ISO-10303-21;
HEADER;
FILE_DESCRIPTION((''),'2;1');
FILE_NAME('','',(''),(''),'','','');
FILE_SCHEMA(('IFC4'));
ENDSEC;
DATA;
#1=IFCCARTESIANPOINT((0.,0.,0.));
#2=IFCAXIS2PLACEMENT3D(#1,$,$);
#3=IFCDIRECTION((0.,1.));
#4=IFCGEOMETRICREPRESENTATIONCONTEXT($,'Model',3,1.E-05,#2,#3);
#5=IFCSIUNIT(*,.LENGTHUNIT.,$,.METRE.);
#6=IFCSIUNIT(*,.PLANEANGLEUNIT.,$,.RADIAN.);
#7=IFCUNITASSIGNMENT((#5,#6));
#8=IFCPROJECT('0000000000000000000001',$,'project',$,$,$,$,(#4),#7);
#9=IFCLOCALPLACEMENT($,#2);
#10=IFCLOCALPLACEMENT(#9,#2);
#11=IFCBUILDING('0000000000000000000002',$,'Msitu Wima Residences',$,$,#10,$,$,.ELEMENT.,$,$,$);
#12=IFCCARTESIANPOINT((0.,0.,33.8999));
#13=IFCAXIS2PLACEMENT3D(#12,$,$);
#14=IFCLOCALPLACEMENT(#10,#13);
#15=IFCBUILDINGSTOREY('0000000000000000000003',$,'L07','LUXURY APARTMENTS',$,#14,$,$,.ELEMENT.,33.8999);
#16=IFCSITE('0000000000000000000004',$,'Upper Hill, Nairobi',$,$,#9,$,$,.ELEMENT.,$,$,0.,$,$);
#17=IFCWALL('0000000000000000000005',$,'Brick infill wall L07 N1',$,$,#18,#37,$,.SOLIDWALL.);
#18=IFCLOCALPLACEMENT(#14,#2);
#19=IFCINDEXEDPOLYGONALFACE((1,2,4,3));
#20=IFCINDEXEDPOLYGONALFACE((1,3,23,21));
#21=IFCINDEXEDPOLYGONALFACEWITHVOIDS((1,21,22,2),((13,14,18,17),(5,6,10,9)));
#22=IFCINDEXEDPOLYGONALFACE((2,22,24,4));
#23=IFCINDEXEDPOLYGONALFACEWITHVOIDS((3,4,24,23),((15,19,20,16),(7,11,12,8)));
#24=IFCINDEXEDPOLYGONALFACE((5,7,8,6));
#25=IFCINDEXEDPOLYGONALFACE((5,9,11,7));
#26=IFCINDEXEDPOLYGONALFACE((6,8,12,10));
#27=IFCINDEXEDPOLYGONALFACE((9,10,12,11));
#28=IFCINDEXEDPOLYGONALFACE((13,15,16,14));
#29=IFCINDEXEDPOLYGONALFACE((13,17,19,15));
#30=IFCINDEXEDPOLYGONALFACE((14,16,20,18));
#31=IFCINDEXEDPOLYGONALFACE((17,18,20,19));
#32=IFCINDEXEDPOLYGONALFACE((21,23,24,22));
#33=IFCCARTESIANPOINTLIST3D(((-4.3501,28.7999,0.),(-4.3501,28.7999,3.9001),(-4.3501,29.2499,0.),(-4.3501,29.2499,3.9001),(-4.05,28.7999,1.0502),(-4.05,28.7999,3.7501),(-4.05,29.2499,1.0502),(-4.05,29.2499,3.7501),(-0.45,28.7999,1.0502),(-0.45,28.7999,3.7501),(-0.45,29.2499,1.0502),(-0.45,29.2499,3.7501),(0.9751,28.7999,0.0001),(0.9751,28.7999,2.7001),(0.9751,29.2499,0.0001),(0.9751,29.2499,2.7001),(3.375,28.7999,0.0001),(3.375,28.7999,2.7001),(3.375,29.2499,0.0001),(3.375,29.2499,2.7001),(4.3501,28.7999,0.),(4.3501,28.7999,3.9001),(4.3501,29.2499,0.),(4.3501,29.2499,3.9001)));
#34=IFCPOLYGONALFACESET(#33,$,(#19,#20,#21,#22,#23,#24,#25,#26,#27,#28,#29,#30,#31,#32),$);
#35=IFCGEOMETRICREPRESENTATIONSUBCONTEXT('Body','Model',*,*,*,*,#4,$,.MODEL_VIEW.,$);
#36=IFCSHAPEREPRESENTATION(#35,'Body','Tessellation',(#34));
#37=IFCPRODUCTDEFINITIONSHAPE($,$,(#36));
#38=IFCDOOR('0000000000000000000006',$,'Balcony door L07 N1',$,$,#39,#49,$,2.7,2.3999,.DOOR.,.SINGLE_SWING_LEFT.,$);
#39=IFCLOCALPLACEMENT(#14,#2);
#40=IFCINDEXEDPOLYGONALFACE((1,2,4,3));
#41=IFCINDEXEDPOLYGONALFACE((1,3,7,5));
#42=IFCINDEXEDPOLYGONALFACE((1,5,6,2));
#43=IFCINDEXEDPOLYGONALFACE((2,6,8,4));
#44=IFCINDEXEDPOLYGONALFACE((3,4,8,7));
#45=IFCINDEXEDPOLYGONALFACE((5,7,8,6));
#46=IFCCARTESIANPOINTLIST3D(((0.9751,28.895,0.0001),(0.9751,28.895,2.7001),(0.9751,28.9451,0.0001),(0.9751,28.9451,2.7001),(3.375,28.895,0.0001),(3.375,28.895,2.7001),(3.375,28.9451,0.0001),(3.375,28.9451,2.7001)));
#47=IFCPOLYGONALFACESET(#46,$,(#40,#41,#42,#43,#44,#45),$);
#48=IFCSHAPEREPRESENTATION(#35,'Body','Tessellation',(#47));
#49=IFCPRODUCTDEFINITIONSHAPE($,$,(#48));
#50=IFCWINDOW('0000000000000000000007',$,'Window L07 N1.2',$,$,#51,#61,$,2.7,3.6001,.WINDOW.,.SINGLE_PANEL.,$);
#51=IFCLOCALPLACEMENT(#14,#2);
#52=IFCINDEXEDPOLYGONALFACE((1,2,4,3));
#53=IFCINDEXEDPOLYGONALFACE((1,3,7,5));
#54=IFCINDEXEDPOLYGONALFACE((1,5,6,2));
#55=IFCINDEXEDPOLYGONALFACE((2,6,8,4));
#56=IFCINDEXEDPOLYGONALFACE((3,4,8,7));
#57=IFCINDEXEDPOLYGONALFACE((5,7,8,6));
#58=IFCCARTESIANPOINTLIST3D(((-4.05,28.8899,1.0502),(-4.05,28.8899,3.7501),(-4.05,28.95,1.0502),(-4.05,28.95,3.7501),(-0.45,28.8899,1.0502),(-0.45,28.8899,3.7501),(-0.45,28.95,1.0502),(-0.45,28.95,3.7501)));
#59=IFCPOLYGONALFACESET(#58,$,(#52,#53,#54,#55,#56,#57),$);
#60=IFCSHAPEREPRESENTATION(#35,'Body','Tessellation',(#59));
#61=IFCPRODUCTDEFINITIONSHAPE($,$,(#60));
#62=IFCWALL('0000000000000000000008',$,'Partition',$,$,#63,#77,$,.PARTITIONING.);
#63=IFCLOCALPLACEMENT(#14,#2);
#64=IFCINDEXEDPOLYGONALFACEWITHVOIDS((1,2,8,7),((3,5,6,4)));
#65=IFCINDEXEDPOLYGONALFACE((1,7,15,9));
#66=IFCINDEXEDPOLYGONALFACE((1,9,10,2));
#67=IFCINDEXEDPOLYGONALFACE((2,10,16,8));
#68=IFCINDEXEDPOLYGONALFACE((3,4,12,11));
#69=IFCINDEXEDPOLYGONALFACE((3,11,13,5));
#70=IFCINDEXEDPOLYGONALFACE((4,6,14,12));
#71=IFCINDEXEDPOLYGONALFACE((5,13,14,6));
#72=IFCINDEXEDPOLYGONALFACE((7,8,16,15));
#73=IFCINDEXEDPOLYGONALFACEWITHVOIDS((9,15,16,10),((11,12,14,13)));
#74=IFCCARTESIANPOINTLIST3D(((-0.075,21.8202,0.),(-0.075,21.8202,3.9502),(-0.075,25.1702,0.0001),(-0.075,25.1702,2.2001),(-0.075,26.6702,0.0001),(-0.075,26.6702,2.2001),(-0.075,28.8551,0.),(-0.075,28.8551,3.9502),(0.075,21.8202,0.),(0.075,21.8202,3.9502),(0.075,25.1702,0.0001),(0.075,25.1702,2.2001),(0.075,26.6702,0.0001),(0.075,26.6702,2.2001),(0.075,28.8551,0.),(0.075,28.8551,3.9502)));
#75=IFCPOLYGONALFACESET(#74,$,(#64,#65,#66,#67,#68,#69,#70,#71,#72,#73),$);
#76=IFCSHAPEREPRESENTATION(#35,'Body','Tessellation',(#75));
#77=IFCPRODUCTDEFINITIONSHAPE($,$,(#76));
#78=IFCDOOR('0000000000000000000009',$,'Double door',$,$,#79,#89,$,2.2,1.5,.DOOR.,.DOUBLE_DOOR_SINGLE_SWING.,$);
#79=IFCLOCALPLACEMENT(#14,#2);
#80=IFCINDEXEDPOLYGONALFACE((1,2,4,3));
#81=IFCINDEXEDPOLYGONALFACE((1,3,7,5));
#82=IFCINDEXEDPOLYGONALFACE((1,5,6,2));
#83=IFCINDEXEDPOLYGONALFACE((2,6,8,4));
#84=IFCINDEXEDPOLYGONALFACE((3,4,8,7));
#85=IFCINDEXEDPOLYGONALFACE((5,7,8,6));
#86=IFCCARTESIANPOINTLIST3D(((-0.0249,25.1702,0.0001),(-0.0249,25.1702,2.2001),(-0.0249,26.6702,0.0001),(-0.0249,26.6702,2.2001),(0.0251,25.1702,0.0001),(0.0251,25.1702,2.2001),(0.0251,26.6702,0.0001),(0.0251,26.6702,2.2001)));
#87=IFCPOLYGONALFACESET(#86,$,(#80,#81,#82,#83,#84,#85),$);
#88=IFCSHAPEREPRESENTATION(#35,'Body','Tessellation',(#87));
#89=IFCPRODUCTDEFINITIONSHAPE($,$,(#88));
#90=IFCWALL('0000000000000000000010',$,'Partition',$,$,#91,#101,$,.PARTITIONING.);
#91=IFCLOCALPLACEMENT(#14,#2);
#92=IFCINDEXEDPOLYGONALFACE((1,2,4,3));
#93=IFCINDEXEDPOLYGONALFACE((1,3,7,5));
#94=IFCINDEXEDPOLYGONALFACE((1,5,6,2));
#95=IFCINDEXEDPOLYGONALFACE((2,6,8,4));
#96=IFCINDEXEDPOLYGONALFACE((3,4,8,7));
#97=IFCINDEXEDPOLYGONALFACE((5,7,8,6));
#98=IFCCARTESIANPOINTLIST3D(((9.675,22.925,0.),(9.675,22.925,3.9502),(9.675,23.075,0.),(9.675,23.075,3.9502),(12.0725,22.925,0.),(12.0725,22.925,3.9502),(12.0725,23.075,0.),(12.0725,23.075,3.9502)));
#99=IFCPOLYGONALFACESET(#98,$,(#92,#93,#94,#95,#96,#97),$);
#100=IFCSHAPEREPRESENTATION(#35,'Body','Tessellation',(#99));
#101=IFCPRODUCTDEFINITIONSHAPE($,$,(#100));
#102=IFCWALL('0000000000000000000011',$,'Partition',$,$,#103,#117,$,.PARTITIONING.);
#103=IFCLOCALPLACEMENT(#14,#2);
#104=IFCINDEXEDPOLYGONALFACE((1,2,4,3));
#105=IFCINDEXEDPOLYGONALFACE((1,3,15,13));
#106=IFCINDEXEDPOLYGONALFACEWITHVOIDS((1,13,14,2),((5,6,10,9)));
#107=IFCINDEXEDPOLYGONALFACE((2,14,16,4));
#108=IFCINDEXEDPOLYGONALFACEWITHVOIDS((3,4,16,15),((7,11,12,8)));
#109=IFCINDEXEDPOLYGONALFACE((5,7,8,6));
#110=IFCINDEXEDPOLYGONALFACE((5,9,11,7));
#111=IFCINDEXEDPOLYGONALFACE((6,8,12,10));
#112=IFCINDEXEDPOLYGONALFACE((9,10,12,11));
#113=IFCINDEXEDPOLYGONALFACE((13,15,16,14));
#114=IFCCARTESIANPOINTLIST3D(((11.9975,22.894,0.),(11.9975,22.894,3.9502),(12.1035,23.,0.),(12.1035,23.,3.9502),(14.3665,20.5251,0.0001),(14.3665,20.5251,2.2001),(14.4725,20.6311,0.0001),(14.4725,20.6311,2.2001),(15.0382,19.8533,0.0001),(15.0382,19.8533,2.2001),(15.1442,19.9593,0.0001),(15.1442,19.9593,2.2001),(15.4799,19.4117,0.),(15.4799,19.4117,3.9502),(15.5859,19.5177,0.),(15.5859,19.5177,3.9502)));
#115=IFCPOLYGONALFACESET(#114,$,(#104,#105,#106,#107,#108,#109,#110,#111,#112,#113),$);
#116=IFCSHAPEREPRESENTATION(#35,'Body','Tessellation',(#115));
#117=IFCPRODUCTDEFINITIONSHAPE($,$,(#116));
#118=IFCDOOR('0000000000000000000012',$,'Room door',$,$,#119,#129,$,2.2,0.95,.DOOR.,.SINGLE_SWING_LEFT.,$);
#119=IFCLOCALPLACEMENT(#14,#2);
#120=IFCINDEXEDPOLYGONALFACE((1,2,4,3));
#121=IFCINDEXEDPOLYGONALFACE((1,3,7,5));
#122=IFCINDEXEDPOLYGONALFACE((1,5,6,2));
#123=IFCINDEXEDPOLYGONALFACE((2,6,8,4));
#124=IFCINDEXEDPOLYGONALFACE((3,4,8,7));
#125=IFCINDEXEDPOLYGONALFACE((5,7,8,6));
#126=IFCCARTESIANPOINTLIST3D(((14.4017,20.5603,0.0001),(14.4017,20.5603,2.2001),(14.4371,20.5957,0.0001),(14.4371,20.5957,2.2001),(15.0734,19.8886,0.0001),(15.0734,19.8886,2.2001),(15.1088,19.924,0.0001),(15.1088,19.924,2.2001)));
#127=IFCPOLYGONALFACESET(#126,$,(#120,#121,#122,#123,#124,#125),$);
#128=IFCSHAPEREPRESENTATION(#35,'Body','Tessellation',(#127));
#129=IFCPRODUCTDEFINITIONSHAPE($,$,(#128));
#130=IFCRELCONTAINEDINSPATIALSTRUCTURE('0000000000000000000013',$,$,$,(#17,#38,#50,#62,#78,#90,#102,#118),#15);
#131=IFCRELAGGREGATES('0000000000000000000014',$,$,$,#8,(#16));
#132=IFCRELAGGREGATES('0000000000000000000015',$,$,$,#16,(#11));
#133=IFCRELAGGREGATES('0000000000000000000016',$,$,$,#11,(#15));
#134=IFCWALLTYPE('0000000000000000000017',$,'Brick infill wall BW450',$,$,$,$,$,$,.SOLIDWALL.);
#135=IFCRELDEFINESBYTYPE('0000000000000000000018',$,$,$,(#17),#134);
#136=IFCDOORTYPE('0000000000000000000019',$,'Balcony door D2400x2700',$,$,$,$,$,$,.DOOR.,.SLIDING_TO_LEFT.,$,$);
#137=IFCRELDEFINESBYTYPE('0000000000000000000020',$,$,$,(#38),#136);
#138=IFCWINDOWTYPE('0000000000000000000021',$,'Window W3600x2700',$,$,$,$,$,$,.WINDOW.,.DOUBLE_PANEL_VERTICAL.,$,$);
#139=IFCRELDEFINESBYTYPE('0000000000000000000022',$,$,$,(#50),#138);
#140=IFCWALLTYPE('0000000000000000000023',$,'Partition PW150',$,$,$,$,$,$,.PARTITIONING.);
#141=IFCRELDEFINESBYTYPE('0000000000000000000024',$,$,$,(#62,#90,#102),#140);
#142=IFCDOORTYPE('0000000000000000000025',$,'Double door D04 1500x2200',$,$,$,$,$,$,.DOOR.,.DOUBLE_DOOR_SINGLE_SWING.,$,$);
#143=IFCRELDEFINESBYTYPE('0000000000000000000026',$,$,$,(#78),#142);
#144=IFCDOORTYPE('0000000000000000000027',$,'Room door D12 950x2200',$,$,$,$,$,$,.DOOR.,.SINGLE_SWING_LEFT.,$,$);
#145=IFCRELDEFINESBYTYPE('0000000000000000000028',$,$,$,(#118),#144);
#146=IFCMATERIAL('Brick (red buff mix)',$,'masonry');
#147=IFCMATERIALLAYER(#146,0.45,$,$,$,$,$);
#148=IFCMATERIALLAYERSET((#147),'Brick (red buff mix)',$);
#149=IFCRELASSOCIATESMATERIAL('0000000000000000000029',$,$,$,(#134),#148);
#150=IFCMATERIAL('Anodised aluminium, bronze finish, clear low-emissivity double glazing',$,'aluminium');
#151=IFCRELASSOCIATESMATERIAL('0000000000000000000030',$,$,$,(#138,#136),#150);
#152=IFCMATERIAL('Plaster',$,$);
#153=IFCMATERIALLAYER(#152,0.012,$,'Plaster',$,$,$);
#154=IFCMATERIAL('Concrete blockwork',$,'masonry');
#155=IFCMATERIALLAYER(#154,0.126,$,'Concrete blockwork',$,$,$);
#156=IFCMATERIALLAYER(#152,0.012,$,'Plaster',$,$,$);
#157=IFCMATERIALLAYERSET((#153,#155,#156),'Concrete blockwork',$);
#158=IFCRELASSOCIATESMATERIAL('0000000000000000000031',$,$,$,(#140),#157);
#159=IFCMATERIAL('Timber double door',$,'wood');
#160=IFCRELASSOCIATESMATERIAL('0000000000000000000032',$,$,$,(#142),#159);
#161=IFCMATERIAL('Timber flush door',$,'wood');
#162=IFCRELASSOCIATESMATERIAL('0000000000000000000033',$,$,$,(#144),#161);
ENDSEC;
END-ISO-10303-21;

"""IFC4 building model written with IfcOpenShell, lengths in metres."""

from ifc_helpers import new_model, si_unit, direction, frame, frame_2d, origin, place, context, subcontext, project, spatial, rectangle, extrude, material, layer, layer_set, type_object, element, fill, save


model = new_model("IFC4")

# Units and contexts
model_context = context("Model", 3, precision=1e-05, world=origin(), true_north=direction((0.0, 1.0)))
body_context = subcontext(model_context, "Body", "Model", "MODEL_VIEW")
ifc_project = project(units=[si_unit("LENGTHUNIT", "METRE"), si_unit("PLANEANGLEUNIT", "RADIAN")], contexts=[model_context])

# Site, building, storey
site_placement = place(None, origin())
site = spatial("IfcSite", under=ifc_project, at=site_placement, Name="Upper Hill, Nairobi", CompositionType="ELEMENT", RefElevation=0.0)
building_placement = place(site_placement, origin())
building = spatial("IfcBuilding", under=site, at=building_placement, Name="Msitu Wima Residences", CompositionType="ELEMENT")
storey_placement = place(building_placement, frame((0.0, 0.0, 33.8999)))
storey = spatial("IfcBuildingStorey", under=building, at=storey_placement, Name="L07", Description="LUXURY APARTMENTS", CompositionType="ELEMENT", Elevation=33.8999)

# Shared definitions
ifc_material_1 = material(Name="Brick (red buff mix)", Category="masonry")
ifc_layer_1 = layer(ifc_material_1, 0.45)
ifc_layer_set_1 = layer_set([ifc_layer_1], Name="Brick (red buff mix)")
wall_type_1 = type_object("IfcWallType", Name="Brick infill wall BW450", PredefinedType="SOLIDWALL", material=ifc_layer_set_1)
ifc_material_2 = material(Name="Anodised aluminium, bronze finish, clear low-emissivity double glazing", Category="aluminium")
window_type = type_object("IfcWindowType", Name="Window W3600x2700", PartitioningType="DOUBLE_PANEL_VERTICAL", PredefinedType="WINDOW", material=ifc_material_2)

# Wall, openings, door, window
wall_1_placement = place(storey_placement, frame((4.3501, 29.0249, 0.0), z_axis=(0.0, 0.0, 1.0), x_axis=(-1.0, 0.0, 0.0)))
wall_1 = element("IfcWall", 1, at=wall_1_placement, inside=storey, type_object=wall_type_1, Name="Brick infill wall L07 N1", PredefinedType="SOLIDWALL", context=body_context, shape_type="SweptSolid", body=[
    extrude(rectangle(XDim=8.7002, YDim=0.45, at=frame_2d((4.3501, 0.0))), origin(), (0.0, 0.0, 1.0), 3.9001),
])
opening_1_placement = place(wall_1_placement, frame((0.9751, 0.0, 0.0)))
opening_1 = element("IfcOpeningElement", 2, at=opening_1_placement, cuts=wall_1, PredefinedType="OPENING", context=body_context, shape_type="SweptSolid", body=[
    extrude(rectangle(XDim=2.3999, YDim=2.7, at=frame_2d((1.2, 1.3501))), frame((0.0, 0.2349, 0.0), z_axis=(0.0, -1.0, 0.0), x_axis=(1.0, 0.0, 0.0)), (0.0, 0.0, 1.0), 0.47),
])
opening_2_placement = place(wall_1_placement, frame((4.8, 0.0, 1.05)))
opening_2 = element("IfcOpeningElement", 3, at=opening_2_placement, cuts=wall_1, PredefinedType="OPENING", context=body_context, shape_type="SweptSolid", body=[
    extrude(rectangle(XDim=3.6001, YDim=2.7, at=frame_2d((1.8, 1.3501))), frame((0.0, 0.2349, 0.0), z_axis=(0.0, -1.0, 0.0), x_axis=(1.0, 0.0, 0.0)), (0.0, 0.0, 1.0), 0.47),
])
door_type_1 = type_object("IfcDoorType", Name="Balcony door D2400x2700", OperationType="SLIDING_TO_LEFT", PredefinedType="DOOR", material=ifc_material_2)
door_1_placement = place(opening_1_placement, origin())
door_1 = element("IfcDoor", 4, at=door_1_placement, inside=storey, type_object=door_type_1, Name="Balcony door L07 N1", OperationType="SINGLE_SWING_LEFT", OverallHeight=2.7, OverallWidth=2.3999, PredefinedType="DOOR", context=body_context, shape_type="SweptSolid", body=[
    extrude(rectangle(XDim=2.3999, YDim=2.7, at=frame_2d((1.2, 1.3501))), frame((0.0, 0.1299, 0.0), z_axis=(0.0, -1.0, 0.0), x_axis=(1.0, 0.0, 0.0)), (0.0, 0.0, 1.0), 0.05),
])
fill(opening_1, door_1)
window_1_placement = place(opening_2_placement, origin())
window_1 = element("IfcWindow", 5, at=window_1_placement, inside=storey, type_object=window_type, Name="Window L07 N1.2", OverallHeight=2.7, OverallWidth=3.6001, PartitioningType="SINGLE_PANEL", PredefinedType="WINDOW", context=body_context, shape_type="SweptSolid", body=[
    extrude(rectangle(XDim=3.6001, YDim=2.7, at=frame_2d((1.8, 1.3501))), frame((0.0, 0.135, 0.0), z_axis=(0.0, -1.0, 0.0), x_axis=(1.0, 0.0, 0.0)), (0.0, 0.0, 1.0), 0.0601),
])
fill(opening_2, window_1)

# Wall, opening, door
ifc_material_3 = material(Name="Plaster")
ifc_layer_2 = layer(ifc_material_3, 0.012, Name="Plaster")
ifc_material_4 = material(Name="Concrete blockwork", Category="masonry")
ifc_layer_3 = layer(ifc_material_4, 0.126, Name="Concrete blockwork")
ifc_layer_4 = layer(ifc_material_3, 0.012, Name="Plaster")
ifc_layer_set_2 = layer_set([ifc_layer_2, ifc_layer_3, ifc_layer_4], Name="Concrete blockwork")
wall_type_2 = type_object("IfcWallType", Name="Partition PW150", PredefinedType="PARTITIONING", material=ifc_layer_set_2)
wall_2_placement = place(storey_placement, frame((0.0, 21.8201, 0.0), z_axis=(0.0, 0.0, 1.0), x_axis=(0.0, 1.0, 0.0)))
wall_2 = element("IfcWall", 6, at=wall_2_placement, inside=storey, type_object=wall_type_2, Name="Partition", PredefinedType="PARTITIONING", context=body_context, shape_type="SweptSolid", body=[
    extrude(rectangle(XDim=7.0349, YDim=0.1499, at=frame_2d((3.5176, 0.0))), origin(), (0.0, 0.0, 1.0), 3.9502),
])
opening_3_placement = place(wall_2_placement, frame((3.3501, 0.0, 0.0)))
opening_3 = element("IfcOpeningElement", 7, at=opening_3_placement, cuts=wall_2, PredefinedType="OPENING", context=body_context, shape_type="SweptSolid", body=[
    extrude(rectangle(XDim=1.5, YDim=2.2, at=frame_2d((0.75, 1.1001))), frame((0.0, 0.085, 0.0), z_axis=(0.0, -1.0, 0.0), x_axis=(1.0, 0.0, 0.0)), (0.0, 0.0, 1.0), 0.1699),
])
ifc_material_5 = material(Name="Timber double door", Category="wood")
door_type_2 = type_object("IfcDoorType", Name="Double door D04 1500x2200", OperationType="DOUBLE_DOOR_SINGLE_SWING", PredefinedType="DOOR", material=ifc_material_5)
door_2_placement = place(opening_3_placement, origin())
door_2 = element("IfcDoor", 8, at=door_2_placement, inside=storey, type_object=door_type_2, Name="Double door", OperationType="DOUBLE_DOOR_SINGLE_SWING", OverallHeight=2.2, OverallWidth=1.5, PredefinedType="DOOR", context=body_context, shape_type="SweptSolid", body=[
    extrude(rectangle(XDim=1.5, YDim=2.2, at=frame_2d((0.75, 1.1001))), frame((0.0, 0.0249, 0.0), z_axis=(0.0, -1.0, 0.0), x_axis=(1.0, 0.0, 0.0)), (0.0, 0.0, 1.0), 0.05),
])
fill(opening_3, door_2)

# Wall
wall_3_placement = place(storey_placement, frame((9.675, 23.0, 0.0), z_axis=(0.0, 0.0, 1.0), x_axis=(1.0, 0.0, 0.0)))
element("IfcWall", 9, at=wall_3_placement, inside=storey, type_object=wall_type_2, Name="Partition", PredefinedType="PARTITIONING", context=body_context, shape_type="SweptSolid", body=[
    extrude(rectangle(XDim=2.3975, YDim=0.1499, at=frame_2d((1.1987, 0.0))), origin(), (0.0, 0.0, 1.0), 3.9502),
])

# Wall, opening, door
wall_4_placement = place(storey_placement, frame((12.0505, 22.947, 0.0), z_axis=(0.0, 0.0, 1.0), x_axis=(0.707107, -0.707107, 0.0)))
wall_4 = element("IfcWall", 10, at=wall_4_placement, inside=storey, type_object=wall_type_2, Name="Partition", PredefinedType="PARTITIONING", context=body_context, shape_type="SweptSolid", body=[
    extrude(rectangle(XDim=4.9248, YDim=0.1499, at=frame_2d((2.4624, 0.0))), origin(), (0.0, 0.0, 1.0), 3.9502),
])
opening_4_placement = place(wall_4_placement, frame((3.3501, 0.0, 0.0)))
opening_4 = element("IfcOpeningElement", 11, at=opening_4_placement, cuts=wall_4, PredefinedType="OPENING", context=body_context, shape_type="SweptSolid", body=[
    extrude(rectangle(XDim=0.95, YDim=2.2, at=frame_2d((0.4751, 1.1001))), frame((0.0, 0.085, 0.0), z_axis=(0.0, -1.0, 0.0), x_axis=(1.0, 0.0, 0.0)), (0.0, 0.0, 1.0), 0.1699),
])
ifc_material_6 = material(Name="Timber flush door", Category="wood")
door_type_3 = type_object("IfcDoorType", Name="Room door D12 950x2200", OperationType="SINGLE_SWING_LEFT", PredefinedType="DOOR", material=ifc_material_6)
door_3_placement = place(opening_4_placement, origin())
door_3 = element("IfcDoor", 12, at=door_3_placement, inside=storey, type_object=door_type_3, Name="Room door", OperationType="SINGLE_SWING_LEFT", OverallHeight=2.2, OverallWidth=0.95, PredefinedType="DOOR", context=body_context, shape_type="SweptSolid", body=[
    extrude(rectangle(XDim=0.95, YDim=2.2, at=frame_2d((0.4751, 1.1001))), frame((0.0, 0.0249, 0.0), z_axis=(0.0, -1.0, 0.0), x_axis=(1.0, 0.0, 0.0)), (0.0, 0.0, 1.0), 0.05),
])
fill(opening_4, door_3)

save(model, "model.ifc")
